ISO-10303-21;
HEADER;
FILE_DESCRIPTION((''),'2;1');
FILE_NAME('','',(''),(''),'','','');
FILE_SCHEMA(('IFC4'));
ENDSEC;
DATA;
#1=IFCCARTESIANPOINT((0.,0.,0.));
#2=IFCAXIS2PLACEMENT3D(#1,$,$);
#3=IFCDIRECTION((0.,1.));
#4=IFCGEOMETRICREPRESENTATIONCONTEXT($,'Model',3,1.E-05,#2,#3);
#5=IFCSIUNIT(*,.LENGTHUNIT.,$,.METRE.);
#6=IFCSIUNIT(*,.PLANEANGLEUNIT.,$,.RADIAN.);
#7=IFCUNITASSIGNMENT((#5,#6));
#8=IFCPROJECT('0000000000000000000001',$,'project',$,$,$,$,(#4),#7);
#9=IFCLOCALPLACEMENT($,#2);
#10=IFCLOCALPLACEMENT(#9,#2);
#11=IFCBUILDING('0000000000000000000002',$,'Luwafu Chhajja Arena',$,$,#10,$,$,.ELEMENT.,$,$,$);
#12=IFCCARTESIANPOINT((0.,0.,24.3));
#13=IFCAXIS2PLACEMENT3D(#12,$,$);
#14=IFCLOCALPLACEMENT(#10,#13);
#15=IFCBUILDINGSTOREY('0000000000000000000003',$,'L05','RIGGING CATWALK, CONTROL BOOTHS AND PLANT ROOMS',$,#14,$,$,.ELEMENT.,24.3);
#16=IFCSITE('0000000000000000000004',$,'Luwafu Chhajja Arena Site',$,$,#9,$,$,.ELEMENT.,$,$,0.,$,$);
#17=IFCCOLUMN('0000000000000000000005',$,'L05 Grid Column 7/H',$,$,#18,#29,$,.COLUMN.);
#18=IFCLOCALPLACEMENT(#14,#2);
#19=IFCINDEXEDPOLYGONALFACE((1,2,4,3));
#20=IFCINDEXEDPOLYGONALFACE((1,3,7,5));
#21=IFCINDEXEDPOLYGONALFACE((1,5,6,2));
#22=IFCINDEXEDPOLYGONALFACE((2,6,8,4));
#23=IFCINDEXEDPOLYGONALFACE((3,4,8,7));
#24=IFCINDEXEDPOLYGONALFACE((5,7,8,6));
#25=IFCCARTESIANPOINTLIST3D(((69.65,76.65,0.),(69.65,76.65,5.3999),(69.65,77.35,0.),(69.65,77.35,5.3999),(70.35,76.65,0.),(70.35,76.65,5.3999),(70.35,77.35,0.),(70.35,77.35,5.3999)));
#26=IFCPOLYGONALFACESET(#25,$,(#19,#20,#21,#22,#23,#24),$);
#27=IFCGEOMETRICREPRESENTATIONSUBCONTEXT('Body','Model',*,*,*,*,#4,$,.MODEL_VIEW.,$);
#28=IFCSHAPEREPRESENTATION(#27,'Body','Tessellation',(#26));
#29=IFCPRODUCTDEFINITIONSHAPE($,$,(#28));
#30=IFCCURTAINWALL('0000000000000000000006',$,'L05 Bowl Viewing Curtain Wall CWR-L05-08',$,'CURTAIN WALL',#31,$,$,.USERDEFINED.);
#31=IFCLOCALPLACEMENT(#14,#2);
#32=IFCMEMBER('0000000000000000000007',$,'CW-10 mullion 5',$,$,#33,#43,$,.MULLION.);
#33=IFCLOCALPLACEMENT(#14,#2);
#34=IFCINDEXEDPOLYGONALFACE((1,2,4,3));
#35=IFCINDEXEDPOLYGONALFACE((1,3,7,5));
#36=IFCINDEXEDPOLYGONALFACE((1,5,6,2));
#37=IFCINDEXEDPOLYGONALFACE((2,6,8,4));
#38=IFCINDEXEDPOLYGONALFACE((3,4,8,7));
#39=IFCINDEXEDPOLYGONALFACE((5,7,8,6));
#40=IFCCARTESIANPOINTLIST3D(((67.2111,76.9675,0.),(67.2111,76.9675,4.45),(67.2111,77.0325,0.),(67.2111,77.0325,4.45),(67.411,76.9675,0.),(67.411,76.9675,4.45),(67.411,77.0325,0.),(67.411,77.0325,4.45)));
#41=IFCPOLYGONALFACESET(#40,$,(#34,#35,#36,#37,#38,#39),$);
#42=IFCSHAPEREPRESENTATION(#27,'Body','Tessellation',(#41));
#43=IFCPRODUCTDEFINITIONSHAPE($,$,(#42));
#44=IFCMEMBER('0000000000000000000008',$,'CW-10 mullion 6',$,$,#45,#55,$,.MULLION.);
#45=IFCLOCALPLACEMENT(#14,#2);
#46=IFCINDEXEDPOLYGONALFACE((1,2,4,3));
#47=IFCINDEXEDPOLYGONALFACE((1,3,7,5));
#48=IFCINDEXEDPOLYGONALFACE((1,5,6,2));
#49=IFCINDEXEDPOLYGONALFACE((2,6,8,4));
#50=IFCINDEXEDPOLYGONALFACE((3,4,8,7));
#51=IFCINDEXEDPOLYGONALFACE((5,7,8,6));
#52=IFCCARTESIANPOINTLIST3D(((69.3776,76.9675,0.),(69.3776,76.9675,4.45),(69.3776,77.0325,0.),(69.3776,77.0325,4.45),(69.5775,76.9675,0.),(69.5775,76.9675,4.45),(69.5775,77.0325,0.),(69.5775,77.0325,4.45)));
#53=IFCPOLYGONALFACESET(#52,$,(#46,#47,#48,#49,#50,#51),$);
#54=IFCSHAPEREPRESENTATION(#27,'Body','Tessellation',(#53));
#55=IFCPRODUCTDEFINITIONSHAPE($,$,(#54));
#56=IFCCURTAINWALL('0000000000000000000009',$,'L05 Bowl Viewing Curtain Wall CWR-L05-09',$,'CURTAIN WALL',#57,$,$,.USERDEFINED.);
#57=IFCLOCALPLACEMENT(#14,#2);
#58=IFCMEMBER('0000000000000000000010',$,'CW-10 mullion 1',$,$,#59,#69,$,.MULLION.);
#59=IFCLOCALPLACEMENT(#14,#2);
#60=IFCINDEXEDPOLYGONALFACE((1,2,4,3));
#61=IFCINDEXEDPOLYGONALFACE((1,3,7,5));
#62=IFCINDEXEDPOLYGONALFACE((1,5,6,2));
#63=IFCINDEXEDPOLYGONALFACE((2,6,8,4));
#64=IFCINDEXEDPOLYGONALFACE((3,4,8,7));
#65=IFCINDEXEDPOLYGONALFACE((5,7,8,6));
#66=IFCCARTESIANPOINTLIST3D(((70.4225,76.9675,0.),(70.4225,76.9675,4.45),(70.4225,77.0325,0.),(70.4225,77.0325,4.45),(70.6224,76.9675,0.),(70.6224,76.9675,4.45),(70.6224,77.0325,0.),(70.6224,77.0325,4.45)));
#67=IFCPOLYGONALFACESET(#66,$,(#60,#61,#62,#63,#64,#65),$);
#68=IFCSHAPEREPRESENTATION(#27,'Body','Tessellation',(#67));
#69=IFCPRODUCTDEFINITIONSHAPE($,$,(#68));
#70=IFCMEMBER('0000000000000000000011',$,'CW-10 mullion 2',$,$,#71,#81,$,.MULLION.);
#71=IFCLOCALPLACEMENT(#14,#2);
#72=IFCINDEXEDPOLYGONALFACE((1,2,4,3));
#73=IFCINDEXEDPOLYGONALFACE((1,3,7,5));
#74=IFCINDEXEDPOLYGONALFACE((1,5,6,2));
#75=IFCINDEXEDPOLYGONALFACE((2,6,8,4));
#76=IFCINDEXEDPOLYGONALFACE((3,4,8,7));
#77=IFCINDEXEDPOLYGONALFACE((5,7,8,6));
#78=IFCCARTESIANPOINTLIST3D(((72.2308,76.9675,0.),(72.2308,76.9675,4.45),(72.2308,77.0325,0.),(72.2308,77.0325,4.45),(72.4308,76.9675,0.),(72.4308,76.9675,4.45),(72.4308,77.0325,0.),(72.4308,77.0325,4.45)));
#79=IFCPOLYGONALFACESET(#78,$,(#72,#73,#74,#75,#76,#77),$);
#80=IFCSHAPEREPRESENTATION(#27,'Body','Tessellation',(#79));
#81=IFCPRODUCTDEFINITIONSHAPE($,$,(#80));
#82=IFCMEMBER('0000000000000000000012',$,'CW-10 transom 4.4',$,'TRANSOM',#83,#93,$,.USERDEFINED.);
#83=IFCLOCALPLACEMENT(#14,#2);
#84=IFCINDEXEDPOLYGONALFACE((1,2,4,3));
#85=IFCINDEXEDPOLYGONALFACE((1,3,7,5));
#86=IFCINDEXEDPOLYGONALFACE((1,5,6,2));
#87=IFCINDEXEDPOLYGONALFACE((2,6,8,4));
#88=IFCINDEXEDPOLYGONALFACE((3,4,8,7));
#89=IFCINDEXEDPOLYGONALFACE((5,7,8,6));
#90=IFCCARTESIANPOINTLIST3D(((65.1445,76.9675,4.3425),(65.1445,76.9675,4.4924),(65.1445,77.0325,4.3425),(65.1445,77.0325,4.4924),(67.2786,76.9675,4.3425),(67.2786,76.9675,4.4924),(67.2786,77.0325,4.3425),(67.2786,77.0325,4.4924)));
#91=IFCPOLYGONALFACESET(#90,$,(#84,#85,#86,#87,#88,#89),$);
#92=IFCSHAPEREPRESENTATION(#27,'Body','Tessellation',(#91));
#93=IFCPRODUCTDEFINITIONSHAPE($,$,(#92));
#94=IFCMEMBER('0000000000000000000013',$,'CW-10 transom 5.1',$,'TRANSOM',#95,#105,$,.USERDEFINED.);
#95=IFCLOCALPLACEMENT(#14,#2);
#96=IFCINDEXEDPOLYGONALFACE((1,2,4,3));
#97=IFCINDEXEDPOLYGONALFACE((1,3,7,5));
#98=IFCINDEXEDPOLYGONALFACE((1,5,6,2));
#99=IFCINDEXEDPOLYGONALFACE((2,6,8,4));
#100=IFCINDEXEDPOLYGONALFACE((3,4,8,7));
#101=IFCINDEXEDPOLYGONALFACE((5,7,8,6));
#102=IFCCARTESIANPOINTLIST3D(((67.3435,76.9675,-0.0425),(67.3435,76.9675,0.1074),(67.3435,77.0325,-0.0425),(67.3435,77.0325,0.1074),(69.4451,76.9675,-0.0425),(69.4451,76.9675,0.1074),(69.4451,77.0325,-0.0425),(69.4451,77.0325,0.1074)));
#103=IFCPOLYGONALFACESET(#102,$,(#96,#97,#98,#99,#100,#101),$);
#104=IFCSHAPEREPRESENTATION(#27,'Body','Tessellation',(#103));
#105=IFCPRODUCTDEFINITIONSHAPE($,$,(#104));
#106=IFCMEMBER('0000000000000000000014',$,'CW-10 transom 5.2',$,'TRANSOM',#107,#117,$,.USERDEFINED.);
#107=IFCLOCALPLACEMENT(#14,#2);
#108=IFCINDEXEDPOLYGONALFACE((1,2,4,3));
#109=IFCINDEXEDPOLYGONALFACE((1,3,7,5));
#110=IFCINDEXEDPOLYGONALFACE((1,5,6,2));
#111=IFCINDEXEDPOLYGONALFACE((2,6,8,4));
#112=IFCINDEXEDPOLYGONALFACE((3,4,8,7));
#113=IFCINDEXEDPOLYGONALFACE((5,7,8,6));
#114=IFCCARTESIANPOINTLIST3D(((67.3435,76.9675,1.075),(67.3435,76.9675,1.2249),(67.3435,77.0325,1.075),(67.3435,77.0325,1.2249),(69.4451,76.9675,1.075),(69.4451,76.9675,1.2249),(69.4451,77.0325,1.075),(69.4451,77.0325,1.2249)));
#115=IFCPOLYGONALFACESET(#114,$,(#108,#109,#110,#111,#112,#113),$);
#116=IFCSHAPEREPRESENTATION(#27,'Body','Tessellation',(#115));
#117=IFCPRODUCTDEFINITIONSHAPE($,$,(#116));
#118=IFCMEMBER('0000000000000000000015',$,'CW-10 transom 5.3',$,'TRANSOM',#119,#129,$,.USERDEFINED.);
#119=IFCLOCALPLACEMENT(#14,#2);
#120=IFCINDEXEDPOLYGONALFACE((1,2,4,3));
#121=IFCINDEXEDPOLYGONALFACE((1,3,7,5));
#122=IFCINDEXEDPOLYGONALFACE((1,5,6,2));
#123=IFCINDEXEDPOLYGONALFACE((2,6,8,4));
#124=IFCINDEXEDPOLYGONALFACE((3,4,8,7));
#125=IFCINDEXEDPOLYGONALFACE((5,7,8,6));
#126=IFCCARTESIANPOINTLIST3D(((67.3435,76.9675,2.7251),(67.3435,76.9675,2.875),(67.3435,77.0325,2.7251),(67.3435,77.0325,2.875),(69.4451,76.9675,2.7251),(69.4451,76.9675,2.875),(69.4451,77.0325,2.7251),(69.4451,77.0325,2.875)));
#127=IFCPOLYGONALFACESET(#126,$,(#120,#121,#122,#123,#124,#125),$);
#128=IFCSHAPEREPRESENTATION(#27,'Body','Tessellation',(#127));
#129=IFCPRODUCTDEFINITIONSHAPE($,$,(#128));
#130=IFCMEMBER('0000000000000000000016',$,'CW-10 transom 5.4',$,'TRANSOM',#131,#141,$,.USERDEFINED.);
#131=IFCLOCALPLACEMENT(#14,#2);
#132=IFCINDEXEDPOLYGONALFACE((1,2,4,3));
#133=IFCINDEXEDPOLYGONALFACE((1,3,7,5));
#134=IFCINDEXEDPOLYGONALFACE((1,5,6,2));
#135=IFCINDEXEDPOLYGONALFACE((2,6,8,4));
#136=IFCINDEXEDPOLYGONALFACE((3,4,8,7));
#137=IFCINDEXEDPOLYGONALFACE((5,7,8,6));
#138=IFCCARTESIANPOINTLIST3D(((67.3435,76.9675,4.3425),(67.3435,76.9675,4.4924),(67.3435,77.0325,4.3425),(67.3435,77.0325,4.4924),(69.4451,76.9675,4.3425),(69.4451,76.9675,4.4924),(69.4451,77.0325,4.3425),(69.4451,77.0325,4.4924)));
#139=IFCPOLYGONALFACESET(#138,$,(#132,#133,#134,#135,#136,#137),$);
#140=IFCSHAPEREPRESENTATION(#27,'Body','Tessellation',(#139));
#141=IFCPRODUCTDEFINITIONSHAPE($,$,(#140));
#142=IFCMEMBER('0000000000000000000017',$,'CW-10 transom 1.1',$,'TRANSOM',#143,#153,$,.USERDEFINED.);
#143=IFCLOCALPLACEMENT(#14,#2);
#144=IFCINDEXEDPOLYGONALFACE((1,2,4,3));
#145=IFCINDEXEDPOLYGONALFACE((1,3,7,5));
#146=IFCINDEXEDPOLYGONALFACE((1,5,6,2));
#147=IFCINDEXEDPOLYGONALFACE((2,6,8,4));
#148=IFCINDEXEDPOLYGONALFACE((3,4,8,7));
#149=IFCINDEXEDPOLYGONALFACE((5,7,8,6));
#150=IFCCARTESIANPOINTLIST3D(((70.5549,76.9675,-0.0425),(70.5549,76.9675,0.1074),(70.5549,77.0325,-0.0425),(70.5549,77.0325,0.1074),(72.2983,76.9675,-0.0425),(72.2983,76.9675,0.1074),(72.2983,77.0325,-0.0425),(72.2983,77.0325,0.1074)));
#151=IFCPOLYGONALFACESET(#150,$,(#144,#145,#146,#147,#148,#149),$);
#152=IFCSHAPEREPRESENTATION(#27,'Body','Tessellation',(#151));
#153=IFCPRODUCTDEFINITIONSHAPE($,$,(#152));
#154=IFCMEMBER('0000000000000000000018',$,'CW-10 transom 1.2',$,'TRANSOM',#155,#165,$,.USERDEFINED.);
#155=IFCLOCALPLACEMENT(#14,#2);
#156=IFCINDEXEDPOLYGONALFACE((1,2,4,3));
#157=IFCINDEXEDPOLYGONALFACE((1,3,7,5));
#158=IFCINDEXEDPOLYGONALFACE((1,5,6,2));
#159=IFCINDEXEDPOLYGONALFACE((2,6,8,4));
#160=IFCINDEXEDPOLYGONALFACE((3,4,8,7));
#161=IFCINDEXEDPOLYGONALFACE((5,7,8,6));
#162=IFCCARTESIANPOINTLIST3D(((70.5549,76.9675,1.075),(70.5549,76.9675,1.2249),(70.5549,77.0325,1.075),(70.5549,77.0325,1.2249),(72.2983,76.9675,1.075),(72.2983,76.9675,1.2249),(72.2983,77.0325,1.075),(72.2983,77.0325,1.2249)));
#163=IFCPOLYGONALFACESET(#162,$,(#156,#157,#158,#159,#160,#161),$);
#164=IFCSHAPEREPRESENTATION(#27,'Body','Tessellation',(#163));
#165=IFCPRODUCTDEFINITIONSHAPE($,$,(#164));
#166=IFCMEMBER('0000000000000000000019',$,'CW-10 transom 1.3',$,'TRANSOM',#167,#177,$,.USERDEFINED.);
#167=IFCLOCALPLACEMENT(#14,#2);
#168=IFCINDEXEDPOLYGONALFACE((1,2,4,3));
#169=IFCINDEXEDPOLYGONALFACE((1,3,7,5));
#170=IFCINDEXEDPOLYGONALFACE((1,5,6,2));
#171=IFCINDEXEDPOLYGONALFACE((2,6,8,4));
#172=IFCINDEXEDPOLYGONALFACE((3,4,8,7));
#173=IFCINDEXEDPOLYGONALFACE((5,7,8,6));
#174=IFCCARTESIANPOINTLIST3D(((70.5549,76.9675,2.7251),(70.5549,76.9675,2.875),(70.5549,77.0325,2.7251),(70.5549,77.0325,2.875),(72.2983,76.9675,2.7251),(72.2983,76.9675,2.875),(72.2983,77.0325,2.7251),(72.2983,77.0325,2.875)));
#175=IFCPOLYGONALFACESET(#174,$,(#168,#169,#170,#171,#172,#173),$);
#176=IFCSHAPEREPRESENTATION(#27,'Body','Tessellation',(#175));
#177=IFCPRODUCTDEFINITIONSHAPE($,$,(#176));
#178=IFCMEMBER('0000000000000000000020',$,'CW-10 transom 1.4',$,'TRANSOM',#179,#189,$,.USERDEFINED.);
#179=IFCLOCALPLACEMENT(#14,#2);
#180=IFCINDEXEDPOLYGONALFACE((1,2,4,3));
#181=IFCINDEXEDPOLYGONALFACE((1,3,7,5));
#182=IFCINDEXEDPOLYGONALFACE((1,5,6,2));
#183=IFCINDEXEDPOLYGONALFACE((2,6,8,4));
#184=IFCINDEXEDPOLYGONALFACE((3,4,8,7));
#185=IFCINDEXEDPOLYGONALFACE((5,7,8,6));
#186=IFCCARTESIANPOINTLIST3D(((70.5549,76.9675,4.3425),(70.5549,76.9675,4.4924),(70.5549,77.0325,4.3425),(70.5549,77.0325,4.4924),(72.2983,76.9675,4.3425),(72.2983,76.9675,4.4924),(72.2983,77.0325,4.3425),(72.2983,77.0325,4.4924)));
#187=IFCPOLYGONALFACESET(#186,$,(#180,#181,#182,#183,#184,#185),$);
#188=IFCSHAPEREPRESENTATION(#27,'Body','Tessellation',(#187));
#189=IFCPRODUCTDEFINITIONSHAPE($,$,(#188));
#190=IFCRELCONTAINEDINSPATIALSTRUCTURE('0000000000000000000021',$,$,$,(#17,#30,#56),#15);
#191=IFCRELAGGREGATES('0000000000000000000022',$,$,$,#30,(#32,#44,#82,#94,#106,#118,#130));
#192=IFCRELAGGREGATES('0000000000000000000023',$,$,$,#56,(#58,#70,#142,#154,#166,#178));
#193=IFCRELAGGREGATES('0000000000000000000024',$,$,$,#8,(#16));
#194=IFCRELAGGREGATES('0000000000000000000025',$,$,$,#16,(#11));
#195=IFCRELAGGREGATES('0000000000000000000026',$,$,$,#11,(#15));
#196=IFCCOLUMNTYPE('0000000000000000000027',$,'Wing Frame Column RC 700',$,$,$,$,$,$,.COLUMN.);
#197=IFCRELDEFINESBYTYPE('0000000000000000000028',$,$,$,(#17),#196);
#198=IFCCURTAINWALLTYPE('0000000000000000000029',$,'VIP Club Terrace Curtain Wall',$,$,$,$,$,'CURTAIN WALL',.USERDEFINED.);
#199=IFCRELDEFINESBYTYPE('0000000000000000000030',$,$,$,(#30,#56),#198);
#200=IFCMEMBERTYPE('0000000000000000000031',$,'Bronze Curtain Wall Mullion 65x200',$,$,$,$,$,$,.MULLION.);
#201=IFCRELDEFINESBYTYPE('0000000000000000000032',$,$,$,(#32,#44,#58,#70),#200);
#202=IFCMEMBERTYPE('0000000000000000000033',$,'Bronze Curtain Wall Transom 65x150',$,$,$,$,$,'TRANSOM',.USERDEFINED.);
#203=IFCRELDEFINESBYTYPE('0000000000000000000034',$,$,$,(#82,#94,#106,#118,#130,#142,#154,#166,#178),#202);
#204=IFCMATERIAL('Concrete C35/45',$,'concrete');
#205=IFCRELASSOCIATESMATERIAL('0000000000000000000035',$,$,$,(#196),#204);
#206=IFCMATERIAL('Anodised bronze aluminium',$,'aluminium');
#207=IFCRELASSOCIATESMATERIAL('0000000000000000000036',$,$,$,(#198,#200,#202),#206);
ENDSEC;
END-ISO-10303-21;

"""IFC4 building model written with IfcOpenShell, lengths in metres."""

from ifc_helpers import new_model, si_unit, direction, frame, origin, origin_2d, place, context, subcontext, project, spatial, rectangle, extrude, material, material_profile, profile_set, type_object, element, aggregate, save


model = new_model("IFC4")

# Units and contexts
model_context = context("Model", 3, precision=1e-05, world=origin(), true_north=direction((0.0, 1.0)))
body_context = subcontext(model_context, "Body", "Model", "MODEL_VIEW")
ifc_project = project(units=[si_unit("LENGTHUNIT", "METRE"), si_unit("PLANEANGLEUNIT", "RADIAN")], contexts=[model_context])

# Site, building, storey
site_placement = place(None, origin())
site = spatial("IfcSite", under=ifc_project, at=site_placement, Name="Luwafu Chhajja Arena Site", CompositionType="ELEMENT", RefElevation=0.0)
building_placement = place(site_placement, origin())
building = spatial("IfcBuilding", under=site, at=building_placement, Name="Luwafu Chhajja Arena", CompositionType="ELEMENT")
storey_placement = place(building_placement, frame((0.0, 0.0, 24.3)))
storey = spatial("IfcBuildingStorey", under=building, at=storey_placement, Name="L05", Description="RIGGING CATWALK, CONTROL BOOTHS AND PLANT ROOMS", CompositionType="ELEMENT", Elevation=24.3)

# Column
ifc_material_1 = material(Name="Concrete C35/45", Category="concrete")
ifc_material_profile_1 = material_profile(ifc_material_1, rectangle(XDim=0.7, YDim=0.7, at=origin_2d()), Name="RC 700x700")
ifc_profile_set_1 = profile_set([ifc_material_profile_1], Name="Concrete C35/45")
column_type = type_object("IfcColumnType", Name="Wing Frame Column RC 700", PredefinedType="COLUMN", material=ifc_profile_set_1)
column_placement = place(storey_placement, frame((70.0, 77.0, 0.0), z_axis=(0.0, 0.0, 1.0), x_axis=(1.0, 0.0, 0.0)))
element("IfcColumn", 1, at=column_placement, inside=storey, type_object=column_type, Name="L05 Grid Column 7/H", PredefinedType="COLUMN", context=body_context, shape_type="SweptSolid", body=[
    extrude(rectangle(XDim=0.7, YDim=0.7, at=origin_2d()), origin(), (0.0, 0.0, 1.0), 5.3999),
])

# Curtain walls, members
ifc_material_2 = material(Name="Anodised bronze aluminium", Category="aluminium")
curtain_wall_type = type_object("IfcCurtainWallType", Name="VIP Club Terrace Curtain Wall", ElementType="CURTAIN WALL", PredefinedType="USERDEFINED", material=ifc_material_2)
curtain_wall_1_placement = place(storey_placement, origin())
curtain_wall_1 = element("IfcCurtainWall", 2, at=curtain_wall_1_placement, inside=storey, type_object=curtain_wall_type, Name="L05 Bowl Viewing Curtain Wall CWR-L05-08", ObjectType="CURTAIN WALL", PredefinedType="USERDEFINED")
ifc_material_profile_2 = material_profile(ifc_material_2, rectangle(XDim=0.0649, YDim=0.2, at=origin_2d()), Name="CWM 65x200")
ifc_profile_set_2 = profile_set([ifc_material_profile_2], Name="Anodised bronze aluminium")
member_type_1 = type_object("IfcMemberType", Name="Bronze Curtain Wall Mullion 65x200", PredefinedType="MULLION", material=ifc_profile_set_2)
member_1_placement = place(storey_placement, frame((67.311, 77.0, 0.0), z_axis=(0.0, 0.0, 1.0), x_axis=(0.0, 1.0, 0.0)))
member_1 = element("IfcMember", 3, at=member_1_placement, type_object=member_type_1, Name="CW-10 mullion 5", PredefinedType="MULLION", context=body_context, shape_type="SweptSolid", body=[
    extrude(rectangle(XDim=0.0649, YDim=0.2, at=origin_2d()), origin(), (0.0, 0.0, 1.0), 4.45),
])
member_2_placement = place(storey_placement, frame((69.4775, 77.0, 0.0), z_axis=(0.0, 0.0, 1.0), x_axis=(0.0, 1.0, 0.0)))
member_2 = element("IfcMember", 4, at=member_2_placement, type_object=member_type_1, Name="CW-10 mullion 6", PredefinedType="MULLION", context=body_context, shape_type="SweptSolid", body=[
    extrude(rectangle(XDim=0.0649, YDim=0.2, at=origin_2d()), origin(), (0.0, 0.0, 1.0), 4.45),
])
curtain_wall_2_placement = place(storey_placement, origin())
curtain_wall_2 = element("IfcCurtainWall", 5, at=curtain_wall_2_placement, inside=storey, type_object=curtain_wall_type, Name="L05 Bowl Viewing Curtain Wall CWR-L05-09", ObjectType="CURTAIN WALL", PredefinedType="USERDEFINED")
member_3_placement = place(storey_placement, frame((70.5225, 77.0, 0.0), z_axis=(0.0, 0.0, 1.0), x_axis=(0.0, 1.0, 0.0)))
member_3 = element("IfcMember", 6, at=member_3_placement, type_object=member_type_1, Name="CW-10 mullion 1", PredefinedType="MULLION", context=body_context, shape_type="SweptSolid", body=[
    extrude(rectangle(XDim=0.0649, YDim=0.2, at=origin_2d()), origin(), (0.0, 0.0, 1.0), 4.45),
])
member_4_placement = place(storey_placement, frame((72.3308, 77.0, 0.0), z_axis=(0.0, 0.0, 1.0), x_axis=(0.0, 1.0, 0.0)))
member_4 = element("IfcMember", 7, at=member_4_placement, type_object=member_type_1, Name="CW-10 mullion 2", PredefinedType="MULLION", context=body_context, shape_type="SweptSolid", body=[
    extrude(rectangle(XDim=0.0649, YDim=0.2, at=origin_2d()), origin(), (0.0, 0.0, 1.0), 4.45),
])

# Members
ifc_material_profile_3 = material_profile(ifc_material_2, rectangle(XDim=0.0649, YDim=0.1499, at=origin_2d()), Name="CWT 65x150")
ifc_profile_set_3 = profile_set([ifc_material_profile_3], Name="Anodised bronze aluminium")
member_type_2 = type_object("IfcMemberType", Name="Bronze Curtain Wall Transom 65x150", ElementType="TRANSOM", PredefinedType="USERDEFINED", material=ifc_profile_set_3)
member_5_placement = place(storey_placement, frame((65.1445, 77.0, 4.4175), z_axis=(1.0, 0.0, 0.0), x_axis=(0.0, 1.0, 0.0)))
member_5 = element("IfcMember", 8, at=member_5_placement, type_object=member_type_2, Name="CW-10 transom 4.4", ObjectType="TRANSOM", PredefinedType="USERDEFINED", context=body_context, shape_type="SweptSolid", body=[
    extrude(rectangle(XDim=0.0649, YDim=0.1499, at=origin_2d()), origin(), (0.0, 0.0, 1.0), 2.134),
])
member_6_placement = place(storey_placement, frame((67.3435, 77.0, 0.0325), z_axis=(1.0, 0.0, 0.0), x_axis=(0.0, 1.0, 0.0)))
member_6 = element("IfcMember", 9, at=member_6_placement, type_object=member_type_2, Name="CW-10 transom 5.1", ObjectType="TRANSOM", PredefinedType="USERDEFINED", context=body_context, shape_type="SweptSolid", body=[
    extrude(rectangle(XDim=0.0649, YDim=0.1499, at=origin_2d()), origin(), (0.0, 0.0, 1.0), 2.1016),
])
member_7_placement = place(storey_placement, frame((67.3435, 77.0, 1.1499), z_axis=(1.0, 0.0, 0.0), x_axis=(0.0, 1.0, 0.0)))
member_7 = element("IfcMember", 10, at=member_7_placement, type_object=member_type_2, Name="CW-10 transom 5.2", ObjectType="TRANSOM", PredefinedType="USERDEFINED", context=body_context, shape_type="SweptSolid", body=[
    extrude(rectangle(XDim=0.0649, YDim=0.1499, at=origin_2d()), origin(), (0.0, 0.0, 1.0), 2.1016),
])
member_8_placement = place(storey_placement, frame((67.3435, 77.0, 2.8), z_axis=(1.0, 0.0, 0.0), x_axis=(0.0, 1.0, 0.0)))
member_8 = element("IfcMember", 11, at=member_8_placement, type_object=member_type_2, Name="CW-10 transom 5.3", ObjectType="TRANSOM", PredefinedType="USERDEFINED", context=body_context, shape_type="SweptSolid", body=[
    extrude(rectangle(XDim=0.0649, YDim=0.1499, at=origin_2d()), origin(), (0.0, 0.0, 1.0), 2.1016),
])
member_9_placement = place(storey_placement, frame((67.3435, 77.0, 4.4175), z_axis=(1.0, 0.0, 0.0), x_axis=(0.0, 1.0, 0.0)))
member_9 = element("IfcMember", 12, at=member_9_placement, type_object=member_type_2, Name="CW-10 transom 5.4", ObjectType="TRANSOM", PredefinedType="USERDEFINED", context=body_context, shape_type="SweptSolid", body=[
    extrude(rectangle(XDim=0.0649, YDim=0.1499, at=origin_2d()), origin(), (0.0, 0.0, 1.0), 2.1016),
])
member_10_placement = place(storey_placement, frame((70.5549, 77.0, 0.0325), z_axis=(1.0, 0.0, 0.0), x_axis=(0.0, 1.0, 0.0)))
member_10 = element("IfcMember", 13, at=member_10_placement, type_object=member_type_2, Name="CW-10 transom 1.1", ObjectType="TRANSOM", PredefinedType="USERDEFINED", context=body_context, shape_type="SweptSolid", body=[
    extrude(rectangle(XDim=0.0649, YDim=0.1499, at=origin_2d()), origin(), (0.0, 0.0, 1.0), 1.7434),
])
member_11_placement = place(storey_placement, frame((70.5549, 77.0, 1.1499), z_axis=(1.0, 0.0, 0.0), x_axis=(0.0, 1.0, 0.0)))
member_11 = element("IfcMember", 14, at=member_11_placement, type_object=member_type_2, Name="CW-10 transom 1.2", ObjectType="TRANSOM", PredefinedType="USERDEFINED", context=body_context, shape_type="SweptSolid", body=[
    extrude(rectangle(XDim=0.0649, YDim=0.1499, at=origin_2d()), origin(), (0.0, 0.0, 1.0), 1.7434),
])
member_12_placement = place(storey_placement, frame((70.5549, 77.0, 2.8), z_axis=(1.0, 0.0, 0.0), x_axis=(0.0, 1.0, 0.0)))
member_12 = element("IfcMember", 15, at=member_12_placement, type_object=member_type_2, Name="CW-10 transom 1.3", ObjectType="TRANSOM", PredefinedType="USERDEFINED", context=body_context, shape_type="SweptSolid", body=[
    extrude(rectangle(XDim=0.0649, YDim=0.1499, at=origin_2d()), origin(), (0.0, 0.0, 1.0), 1.7434),
])
member_13_placement = place(storey_placement, frame((70.5549, 77.0, 4.4175), z_axis=(1.0, 0.0, 0.0), x_axis=(0.0, 1.0, 0.0)))
member_13 = element("IfcMember", 16, at=member_13_placement, type_object=member_type_2, Name="CW-10 transom 1.4", ObjectType="TRANSOM", PredefinedType="USERDEFINED", context=body_context, shape_type="SweptSolid", body=[
    extrude(rectangle(XDim=0.0649, YDim=0.1499, at=origin_2d()), origin(), (0.0, 0.0, 1.0), 1.7434),
])

aggregate(curtain_wall_1, [member_1, member_2, member_5, member_6, member_7, member_8, member_9])
aggregate(curtain_wall_2, [member_3, member_4, member_10, member_11, member_12, member_13])

save(model, "model.ifc")
